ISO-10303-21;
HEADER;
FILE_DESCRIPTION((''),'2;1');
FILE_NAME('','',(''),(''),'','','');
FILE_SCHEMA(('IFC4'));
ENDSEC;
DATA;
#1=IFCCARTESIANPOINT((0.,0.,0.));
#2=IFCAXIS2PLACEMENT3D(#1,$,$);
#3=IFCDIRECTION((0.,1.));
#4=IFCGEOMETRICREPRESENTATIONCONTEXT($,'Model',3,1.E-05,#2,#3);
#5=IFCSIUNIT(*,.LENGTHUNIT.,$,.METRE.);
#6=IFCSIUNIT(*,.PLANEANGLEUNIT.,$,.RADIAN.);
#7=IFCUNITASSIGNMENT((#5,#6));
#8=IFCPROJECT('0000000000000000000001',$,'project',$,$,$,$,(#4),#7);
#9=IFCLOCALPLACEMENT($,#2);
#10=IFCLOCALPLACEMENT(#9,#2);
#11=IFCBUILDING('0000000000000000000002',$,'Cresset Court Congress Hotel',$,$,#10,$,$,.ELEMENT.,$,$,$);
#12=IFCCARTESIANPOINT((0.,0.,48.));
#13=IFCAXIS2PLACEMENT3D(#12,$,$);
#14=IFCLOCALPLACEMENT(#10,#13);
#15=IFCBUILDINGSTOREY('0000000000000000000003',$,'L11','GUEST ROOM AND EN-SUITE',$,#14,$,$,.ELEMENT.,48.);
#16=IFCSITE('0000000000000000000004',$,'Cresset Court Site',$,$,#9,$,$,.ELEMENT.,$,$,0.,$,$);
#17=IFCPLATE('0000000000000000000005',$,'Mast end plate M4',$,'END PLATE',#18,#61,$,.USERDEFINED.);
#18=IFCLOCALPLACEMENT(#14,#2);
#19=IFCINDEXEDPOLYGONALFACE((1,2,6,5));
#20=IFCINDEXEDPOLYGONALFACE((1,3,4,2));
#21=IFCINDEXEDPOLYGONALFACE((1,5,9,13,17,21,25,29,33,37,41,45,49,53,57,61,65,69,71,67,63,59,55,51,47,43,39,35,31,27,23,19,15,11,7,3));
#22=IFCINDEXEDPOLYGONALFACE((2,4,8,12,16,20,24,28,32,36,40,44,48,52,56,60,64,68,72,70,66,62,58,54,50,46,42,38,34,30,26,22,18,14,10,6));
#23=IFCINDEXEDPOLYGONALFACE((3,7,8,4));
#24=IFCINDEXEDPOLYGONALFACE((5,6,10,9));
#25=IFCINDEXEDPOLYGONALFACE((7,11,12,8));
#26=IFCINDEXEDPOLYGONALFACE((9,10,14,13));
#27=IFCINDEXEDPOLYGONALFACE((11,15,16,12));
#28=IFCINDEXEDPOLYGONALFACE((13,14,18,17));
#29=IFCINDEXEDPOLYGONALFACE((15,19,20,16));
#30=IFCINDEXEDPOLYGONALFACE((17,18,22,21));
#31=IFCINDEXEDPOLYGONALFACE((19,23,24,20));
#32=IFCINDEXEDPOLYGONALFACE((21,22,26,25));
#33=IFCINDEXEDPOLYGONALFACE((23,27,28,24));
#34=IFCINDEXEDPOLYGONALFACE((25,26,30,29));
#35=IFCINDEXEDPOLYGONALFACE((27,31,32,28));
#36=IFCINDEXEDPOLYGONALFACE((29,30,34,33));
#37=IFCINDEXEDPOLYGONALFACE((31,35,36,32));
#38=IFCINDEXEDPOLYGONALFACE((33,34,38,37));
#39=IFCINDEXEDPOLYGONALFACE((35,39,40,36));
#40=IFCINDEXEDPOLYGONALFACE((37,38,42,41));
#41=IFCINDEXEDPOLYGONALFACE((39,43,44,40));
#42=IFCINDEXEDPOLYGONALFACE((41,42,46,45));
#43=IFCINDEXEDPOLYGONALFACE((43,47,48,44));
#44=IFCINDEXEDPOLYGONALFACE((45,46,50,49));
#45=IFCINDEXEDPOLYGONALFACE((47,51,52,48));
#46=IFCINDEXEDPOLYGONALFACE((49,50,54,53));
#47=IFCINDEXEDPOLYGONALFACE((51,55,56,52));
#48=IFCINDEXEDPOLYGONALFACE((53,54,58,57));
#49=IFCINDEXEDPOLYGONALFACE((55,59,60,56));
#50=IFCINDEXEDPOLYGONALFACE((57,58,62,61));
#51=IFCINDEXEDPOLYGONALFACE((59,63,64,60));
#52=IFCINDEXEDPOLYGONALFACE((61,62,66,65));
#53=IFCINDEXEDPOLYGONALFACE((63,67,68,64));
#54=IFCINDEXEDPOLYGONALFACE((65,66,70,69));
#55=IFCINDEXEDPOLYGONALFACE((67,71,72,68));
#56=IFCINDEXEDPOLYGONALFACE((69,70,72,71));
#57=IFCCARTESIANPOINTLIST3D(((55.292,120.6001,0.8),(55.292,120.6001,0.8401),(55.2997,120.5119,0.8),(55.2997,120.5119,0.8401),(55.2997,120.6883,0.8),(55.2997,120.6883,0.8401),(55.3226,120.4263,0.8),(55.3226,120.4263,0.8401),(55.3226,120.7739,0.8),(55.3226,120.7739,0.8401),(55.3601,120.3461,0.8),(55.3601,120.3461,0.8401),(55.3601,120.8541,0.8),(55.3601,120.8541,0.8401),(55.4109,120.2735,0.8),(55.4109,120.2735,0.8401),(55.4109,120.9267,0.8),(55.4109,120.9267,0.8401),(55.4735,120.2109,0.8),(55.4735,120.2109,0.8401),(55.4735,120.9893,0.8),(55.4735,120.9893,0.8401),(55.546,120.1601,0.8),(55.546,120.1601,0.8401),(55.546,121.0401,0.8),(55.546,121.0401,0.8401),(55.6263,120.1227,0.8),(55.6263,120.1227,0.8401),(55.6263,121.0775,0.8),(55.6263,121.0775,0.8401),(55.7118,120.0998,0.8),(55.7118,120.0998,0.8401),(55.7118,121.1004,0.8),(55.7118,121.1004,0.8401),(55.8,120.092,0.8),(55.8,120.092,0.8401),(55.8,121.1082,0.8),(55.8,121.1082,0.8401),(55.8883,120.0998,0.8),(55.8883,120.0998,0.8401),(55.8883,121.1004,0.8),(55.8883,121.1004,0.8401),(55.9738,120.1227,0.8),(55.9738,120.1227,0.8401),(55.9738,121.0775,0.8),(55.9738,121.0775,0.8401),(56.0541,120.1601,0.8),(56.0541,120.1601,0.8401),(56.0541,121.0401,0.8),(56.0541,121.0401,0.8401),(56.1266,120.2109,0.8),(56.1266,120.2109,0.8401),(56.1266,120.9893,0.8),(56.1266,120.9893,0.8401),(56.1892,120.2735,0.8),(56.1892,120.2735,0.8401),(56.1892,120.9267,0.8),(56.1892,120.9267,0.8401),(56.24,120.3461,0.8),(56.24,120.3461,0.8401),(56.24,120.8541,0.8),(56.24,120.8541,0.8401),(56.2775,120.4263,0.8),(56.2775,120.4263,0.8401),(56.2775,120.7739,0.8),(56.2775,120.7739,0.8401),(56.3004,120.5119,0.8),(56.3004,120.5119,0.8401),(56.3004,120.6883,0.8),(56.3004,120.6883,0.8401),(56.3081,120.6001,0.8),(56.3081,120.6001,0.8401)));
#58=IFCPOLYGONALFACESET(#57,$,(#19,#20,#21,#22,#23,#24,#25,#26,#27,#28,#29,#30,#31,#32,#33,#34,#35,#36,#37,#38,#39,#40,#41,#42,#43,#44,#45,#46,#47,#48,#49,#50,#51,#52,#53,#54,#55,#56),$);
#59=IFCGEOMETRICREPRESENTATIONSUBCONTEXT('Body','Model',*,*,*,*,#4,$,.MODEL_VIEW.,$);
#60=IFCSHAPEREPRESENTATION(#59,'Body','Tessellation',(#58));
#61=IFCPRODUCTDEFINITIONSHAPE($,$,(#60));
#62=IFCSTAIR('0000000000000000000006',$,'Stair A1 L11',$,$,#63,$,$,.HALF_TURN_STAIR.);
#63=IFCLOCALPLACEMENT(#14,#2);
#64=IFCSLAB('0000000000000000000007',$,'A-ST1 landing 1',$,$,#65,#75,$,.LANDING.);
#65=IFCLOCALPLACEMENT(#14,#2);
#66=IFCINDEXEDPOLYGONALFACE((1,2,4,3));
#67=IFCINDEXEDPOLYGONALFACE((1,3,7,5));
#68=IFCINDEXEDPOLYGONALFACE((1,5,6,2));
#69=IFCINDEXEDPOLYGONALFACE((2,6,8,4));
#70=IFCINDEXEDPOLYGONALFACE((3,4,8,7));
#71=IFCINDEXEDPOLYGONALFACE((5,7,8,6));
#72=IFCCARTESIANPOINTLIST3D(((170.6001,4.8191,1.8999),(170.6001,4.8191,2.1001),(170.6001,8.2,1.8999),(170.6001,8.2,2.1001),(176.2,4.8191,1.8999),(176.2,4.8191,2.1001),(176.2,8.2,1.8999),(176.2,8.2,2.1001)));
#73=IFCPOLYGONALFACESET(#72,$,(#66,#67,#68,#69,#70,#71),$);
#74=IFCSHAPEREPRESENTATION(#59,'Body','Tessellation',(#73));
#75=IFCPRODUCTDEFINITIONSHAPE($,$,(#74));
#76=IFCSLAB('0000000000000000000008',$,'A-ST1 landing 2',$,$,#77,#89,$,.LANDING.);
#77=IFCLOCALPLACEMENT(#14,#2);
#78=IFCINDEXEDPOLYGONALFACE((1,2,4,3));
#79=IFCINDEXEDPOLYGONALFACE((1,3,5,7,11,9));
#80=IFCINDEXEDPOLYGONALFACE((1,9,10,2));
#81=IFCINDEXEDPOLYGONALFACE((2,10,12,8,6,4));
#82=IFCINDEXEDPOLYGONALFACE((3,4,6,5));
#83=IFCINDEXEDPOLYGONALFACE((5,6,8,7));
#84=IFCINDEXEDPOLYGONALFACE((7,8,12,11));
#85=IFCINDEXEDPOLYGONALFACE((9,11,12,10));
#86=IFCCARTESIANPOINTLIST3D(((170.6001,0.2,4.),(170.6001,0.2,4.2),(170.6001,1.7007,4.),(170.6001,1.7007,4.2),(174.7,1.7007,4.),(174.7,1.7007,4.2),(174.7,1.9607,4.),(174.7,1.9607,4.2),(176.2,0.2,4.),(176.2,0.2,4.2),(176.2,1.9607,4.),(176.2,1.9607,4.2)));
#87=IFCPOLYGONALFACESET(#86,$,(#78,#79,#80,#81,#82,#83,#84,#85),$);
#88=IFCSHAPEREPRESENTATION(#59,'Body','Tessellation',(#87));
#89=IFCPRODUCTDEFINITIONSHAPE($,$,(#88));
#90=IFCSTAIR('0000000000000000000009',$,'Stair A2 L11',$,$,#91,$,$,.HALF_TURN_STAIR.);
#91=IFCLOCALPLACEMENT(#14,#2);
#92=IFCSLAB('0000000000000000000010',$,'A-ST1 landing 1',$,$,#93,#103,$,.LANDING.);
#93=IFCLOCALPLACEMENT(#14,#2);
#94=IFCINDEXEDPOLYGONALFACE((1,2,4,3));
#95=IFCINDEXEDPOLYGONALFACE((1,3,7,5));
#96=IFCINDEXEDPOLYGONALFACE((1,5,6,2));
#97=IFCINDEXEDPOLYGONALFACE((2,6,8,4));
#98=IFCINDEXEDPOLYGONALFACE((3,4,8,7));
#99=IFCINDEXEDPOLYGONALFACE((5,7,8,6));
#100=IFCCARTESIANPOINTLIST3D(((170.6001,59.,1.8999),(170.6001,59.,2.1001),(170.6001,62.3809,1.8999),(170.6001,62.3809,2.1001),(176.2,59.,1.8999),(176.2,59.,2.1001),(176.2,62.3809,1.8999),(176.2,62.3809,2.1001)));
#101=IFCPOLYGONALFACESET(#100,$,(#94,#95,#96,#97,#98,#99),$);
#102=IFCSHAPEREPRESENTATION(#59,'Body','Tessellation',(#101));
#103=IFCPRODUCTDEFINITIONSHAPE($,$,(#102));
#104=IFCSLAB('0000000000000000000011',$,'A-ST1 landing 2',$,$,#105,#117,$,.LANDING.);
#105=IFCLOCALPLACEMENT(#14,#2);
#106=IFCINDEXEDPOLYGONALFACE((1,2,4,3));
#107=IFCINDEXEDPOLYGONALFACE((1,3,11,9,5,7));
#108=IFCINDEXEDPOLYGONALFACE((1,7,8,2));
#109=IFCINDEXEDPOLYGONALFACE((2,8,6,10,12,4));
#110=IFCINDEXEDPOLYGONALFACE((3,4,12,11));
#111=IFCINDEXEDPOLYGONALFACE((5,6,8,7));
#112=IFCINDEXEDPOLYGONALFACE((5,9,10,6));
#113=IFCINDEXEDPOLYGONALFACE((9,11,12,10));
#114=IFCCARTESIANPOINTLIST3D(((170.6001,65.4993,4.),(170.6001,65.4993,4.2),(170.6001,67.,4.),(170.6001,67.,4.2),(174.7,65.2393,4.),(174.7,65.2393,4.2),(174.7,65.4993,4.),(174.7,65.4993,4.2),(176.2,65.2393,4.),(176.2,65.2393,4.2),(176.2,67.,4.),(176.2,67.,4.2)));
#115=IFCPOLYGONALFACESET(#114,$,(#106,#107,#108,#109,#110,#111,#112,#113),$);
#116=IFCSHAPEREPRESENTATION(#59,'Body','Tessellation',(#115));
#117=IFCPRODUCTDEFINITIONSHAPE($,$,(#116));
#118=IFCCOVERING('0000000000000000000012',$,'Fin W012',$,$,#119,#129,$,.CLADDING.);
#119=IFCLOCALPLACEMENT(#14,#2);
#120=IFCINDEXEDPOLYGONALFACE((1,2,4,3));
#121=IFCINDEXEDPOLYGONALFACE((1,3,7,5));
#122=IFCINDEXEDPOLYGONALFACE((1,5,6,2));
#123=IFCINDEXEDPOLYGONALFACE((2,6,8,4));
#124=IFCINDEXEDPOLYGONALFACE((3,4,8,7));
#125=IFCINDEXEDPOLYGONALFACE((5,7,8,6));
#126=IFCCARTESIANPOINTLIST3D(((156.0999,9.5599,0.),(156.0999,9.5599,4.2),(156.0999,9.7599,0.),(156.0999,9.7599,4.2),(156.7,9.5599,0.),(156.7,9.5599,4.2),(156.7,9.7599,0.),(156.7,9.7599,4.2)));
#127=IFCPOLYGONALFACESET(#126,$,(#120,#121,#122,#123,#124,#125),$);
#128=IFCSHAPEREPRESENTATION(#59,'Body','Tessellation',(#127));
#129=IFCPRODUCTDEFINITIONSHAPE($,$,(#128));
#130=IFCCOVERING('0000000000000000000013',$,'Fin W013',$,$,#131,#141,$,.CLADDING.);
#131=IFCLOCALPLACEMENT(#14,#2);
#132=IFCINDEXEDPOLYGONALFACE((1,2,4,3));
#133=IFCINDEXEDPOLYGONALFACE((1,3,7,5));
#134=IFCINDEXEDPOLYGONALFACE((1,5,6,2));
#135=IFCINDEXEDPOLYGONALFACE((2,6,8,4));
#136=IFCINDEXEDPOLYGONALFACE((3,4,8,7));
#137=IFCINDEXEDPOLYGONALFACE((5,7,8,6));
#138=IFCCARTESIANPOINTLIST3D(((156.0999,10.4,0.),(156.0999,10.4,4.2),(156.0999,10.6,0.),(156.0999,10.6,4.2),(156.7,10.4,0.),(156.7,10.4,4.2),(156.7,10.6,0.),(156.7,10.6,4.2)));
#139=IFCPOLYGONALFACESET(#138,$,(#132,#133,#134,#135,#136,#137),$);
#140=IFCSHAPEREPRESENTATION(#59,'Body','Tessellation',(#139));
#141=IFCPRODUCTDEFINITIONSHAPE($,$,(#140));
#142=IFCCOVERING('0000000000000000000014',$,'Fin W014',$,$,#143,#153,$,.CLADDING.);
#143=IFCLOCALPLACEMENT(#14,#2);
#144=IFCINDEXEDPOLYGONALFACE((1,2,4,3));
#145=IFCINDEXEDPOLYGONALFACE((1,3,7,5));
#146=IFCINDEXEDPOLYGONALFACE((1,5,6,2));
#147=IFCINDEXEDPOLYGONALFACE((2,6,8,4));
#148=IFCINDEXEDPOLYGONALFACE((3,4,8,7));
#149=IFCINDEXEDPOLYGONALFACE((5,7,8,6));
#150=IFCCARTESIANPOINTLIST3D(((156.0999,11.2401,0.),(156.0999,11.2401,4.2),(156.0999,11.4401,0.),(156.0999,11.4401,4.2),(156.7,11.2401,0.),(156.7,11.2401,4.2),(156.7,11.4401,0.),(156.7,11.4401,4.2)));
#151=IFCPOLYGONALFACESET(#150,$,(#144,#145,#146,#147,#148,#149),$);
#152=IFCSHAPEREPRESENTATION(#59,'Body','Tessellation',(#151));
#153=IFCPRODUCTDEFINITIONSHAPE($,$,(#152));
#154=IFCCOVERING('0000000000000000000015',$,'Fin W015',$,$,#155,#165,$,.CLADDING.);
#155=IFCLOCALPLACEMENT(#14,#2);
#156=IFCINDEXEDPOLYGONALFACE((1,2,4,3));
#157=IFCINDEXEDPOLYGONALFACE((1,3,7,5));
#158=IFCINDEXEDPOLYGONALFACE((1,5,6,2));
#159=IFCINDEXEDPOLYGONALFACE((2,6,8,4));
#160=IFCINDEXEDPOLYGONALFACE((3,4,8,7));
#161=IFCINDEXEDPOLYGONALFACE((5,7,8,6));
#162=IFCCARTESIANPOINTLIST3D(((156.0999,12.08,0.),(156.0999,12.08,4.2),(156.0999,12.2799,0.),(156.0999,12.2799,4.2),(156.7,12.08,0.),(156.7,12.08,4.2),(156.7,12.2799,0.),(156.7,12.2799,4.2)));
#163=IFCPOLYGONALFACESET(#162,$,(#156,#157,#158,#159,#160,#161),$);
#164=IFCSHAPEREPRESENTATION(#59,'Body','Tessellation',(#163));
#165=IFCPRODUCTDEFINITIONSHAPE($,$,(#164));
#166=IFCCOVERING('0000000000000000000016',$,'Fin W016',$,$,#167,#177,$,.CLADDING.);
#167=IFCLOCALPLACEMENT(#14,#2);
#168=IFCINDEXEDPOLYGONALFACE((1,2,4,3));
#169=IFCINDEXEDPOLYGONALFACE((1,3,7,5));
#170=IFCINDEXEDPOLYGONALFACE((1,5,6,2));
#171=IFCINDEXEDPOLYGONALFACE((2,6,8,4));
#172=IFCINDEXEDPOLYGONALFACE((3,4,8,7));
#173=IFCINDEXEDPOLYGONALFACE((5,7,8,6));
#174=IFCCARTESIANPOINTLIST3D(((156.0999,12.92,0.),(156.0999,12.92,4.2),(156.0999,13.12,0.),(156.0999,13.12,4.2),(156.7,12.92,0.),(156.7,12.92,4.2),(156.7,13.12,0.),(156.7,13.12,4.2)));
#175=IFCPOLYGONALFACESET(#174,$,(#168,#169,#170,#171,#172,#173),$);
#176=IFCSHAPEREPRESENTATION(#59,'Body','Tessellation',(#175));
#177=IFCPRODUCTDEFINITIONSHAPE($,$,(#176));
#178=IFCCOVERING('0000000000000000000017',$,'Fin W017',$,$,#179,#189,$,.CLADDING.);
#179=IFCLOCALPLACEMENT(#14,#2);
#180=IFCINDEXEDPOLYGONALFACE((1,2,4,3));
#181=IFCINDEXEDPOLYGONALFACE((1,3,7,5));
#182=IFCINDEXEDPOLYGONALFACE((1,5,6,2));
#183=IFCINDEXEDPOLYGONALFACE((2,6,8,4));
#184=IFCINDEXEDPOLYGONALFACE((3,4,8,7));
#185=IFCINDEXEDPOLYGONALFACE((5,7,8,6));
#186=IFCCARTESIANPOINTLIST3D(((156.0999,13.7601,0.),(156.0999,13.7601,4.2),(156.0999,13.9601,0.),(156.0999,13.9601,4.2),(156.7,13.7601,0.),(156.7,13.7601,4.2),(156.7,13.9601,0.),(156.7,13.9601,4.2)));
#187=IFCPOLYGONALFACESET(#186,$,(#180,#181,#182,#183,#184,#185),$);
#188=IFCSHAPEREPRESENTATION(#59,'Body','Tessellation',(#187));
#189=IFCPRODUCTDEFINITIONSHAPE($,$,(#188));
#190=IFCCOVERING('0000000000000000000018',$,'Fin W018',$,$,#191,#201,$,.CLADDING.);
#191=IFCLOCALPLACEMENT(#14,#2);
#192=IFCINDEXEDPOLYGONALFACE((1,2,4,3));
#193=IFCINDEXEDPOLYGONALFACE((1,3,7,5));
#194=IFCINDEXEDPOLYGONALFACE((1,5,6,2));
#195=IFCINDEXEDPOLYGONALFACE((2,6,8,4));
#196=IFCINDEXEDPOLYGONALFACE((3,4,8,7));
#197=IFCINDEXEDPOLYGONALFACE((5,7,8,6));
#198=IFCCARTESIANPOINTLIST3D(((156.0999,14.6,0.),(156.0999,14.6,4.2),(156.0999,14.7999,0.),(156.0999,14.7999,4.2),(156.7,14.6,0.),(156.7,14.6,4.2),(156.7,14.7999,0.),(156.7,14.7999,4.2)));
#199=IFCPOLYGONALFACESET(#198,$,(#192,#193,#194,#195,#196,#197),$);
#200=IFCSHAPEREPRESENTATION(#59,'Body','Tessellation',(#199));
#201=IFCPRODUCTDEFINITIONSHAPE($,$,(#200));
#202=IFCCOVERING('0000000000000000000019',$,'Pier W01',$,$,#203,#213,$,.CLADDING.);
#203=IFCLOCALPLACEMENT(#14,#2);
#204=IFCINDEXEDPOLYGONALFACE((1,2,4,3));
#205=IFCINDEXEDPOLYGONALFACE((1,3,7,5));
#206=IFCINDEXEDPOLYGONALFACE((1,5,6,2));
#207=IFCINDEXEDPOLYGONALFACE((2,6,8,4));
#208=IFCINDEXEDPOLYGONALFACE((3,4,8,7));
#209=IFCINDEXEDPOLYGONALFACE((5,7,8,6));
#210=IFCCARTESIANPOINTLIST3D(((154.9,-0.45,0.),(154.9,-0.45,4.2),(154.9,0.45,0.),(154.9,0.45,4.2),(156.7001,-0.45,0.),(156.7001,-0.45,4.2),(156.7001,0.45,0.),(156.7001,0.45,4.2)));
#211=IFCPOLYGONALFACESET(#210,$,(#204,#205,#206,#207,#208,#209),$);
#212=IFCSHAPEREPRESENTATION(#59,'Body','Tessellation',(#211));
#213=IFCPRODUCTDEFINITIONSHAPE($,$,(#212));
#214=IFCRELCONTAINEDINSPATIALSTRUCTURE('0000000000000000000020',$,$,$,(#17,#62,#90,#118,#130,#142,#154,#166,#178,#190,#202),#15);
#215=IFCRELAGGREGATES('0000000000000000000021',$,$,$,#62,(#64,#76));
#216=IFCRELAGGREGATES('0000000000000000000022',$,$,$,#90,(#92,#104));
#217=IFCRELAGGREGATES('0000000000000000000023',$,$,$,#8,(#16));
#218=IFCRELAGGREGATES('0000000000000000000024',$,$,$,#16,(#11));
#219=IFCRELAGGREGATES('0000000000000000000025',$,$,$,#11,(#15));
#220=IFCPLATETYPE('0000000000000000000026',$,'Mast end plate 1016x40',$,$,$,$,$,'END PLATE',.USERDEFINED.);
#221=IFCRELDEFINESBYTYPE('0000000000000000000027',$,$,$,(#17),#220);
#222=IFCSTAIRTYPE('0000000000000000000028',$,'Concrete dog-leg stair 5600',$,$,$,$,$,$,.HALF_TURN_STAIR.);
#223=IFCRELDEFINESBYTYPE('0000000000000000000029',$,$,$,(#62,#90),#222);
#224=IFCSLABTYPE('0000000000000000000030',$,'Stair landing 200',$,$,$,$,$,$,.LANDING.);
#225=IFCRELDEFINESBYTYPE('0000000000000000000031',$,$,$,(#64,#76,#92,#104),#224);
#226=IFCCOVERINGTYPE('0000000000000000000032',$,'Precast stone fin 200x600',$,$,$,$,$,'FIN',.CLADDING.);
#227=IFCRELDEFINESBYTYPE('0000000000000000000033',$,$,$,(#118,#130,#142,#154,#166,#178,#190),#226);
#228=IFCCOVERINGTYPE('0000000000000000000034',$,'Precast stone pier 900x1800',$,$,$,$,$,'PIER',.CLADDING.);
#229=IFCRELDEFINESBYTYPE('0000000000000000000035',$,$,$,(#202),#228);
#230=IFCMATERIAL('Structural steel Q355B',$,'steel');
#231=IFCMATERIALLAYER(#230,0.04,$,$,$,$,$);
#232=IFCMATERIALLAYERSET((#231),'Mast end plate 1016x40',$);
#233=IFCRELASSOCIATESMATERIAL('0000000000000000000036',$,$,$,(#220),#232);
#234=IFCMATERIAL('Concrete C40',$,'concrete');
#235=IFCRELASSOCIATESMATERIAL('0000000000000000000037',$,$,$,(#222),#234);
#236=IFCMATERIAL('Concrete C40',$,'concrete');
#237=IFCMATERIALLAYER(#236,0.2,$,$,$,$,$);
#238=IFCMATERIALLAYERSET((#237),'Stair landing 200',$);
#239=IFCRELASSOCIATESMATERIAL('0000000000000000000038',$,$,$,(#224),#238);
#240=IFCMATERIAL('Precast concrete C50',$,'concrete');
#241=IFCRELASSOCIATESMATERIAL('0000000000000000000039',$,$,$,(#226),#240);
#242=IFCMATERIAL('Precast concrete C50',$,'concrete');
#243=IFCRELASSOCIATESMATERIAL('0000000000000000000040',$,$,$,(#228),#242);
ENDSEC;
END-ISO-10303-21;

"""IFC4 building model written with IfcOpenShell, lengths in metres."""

from ifc_helpers import new_model, si_unit, direction, frame, origin, origin_2d, place, context, subcontext, project, spatial, polyline, rectangle, circle, outline, extrude, material, layer, layer_set, type_object, element, aggregate, save


model = new_model("IFC4")

# Units and contexts
model_context = context("Model", 3, precision=1e-05, world=origin(), true_north=direction((0.0, 1.0)))
body_context = subcontext(model_context, "Body", "Model", "MODEL_VIEW")
ifc_project = project(units=[si_unit("LENGTHUNIT", "METRE"), si_unit("PLANEANGLEUNIT", "RADIAN")], contexts=[model_context])

# Site, building, storey
site_placement = place(None, origin())
site = spatial("IfcSite", under=ifc_project, at=site_placement, Name="Cresset Court Site", CompositionType="ELEMENT", RefElevation=0.0)
building_placement = place(site_placement, origin())
building = spatial("IfcBuilding", under=site, at=building_placement, Name="Cresset Court Congress Hotel", CompositionType="ELEMENT")
storey_placement = place(building_placement, frame((0.0, 0.0, 48.0)))
storey = spatial("IfcBuildingStorey", under=building, at=storey_placement, Name="L11", Description="GUEST ROOM AND EN-SUITE", CompositionType="ELEMENT", Elevation=48.0)

# Plate
ifc_material_1 = material(Name="Structural steel Q355B", Category="steel")
ifc_layer_1 = layer(ifc_material_1, 0.04)
ifc_layer_set_1 = layer_set([ifc_layer_1], Name="Mast end plate 1016x40")
plate_type = type_object("IfcPlateType", Name="Mast end plate 1016x40", ElementType="END PLATE", PredefinedType="USERDEFINED", material=ifc_layer_set_1)
for number, where, z_axis, x_axis, name in (
    (1, (55.8, 120.6001, 0.8), (0.0, 0.0, 1.0), (1.0, 0.0, 0.0), "Mast end plate M4"),
):
    element("IfcPlate", number, at=place(storey_placement, frame(where, z_axis=z_axis, x_axis=x_axis)), inside=storey, type_object=plate_type, Name=name, ObjectType="END PLATE", PredefinedType="USERDEFINED", context=body_context, shape_type="SweptSolid", body=[
        extrude(circle(Radius=0.5081, at=origin_2d()), origin(), (0.0, 0.0, 1.0), 0.04),
    ])

# Stairs, slabs
ifc_material_2 = material(Name="Concrete C40", Category="concrete")
stair_type = type_object("IfcStairType", Name="Concrete dog-leg stair 5600", PredefinedType="HALF_TURN_STAIR", material=ifc_material_2)
stair_1_placement = place(storey_placement, origin())
stair_1 = element("IfcStair", 2, at=stair_1_placement, inside=storey, type_object=stair_type, Name="Stair A1 L11", PredefinedType="HALF_TURN_STAIR")
ifc_material_3 = material(Name="Concrete C40", Category="concrete")
ifc_layer_2 = layer(ifc_material_3, 0.2)
ifc_layer_set_2 = layer_set([ifc_layer_2], Name="Stair landing 200")
slab_type_1 = type_object("IfcSlabType", Name="Stair landing 200", PredefinedType="LANDING", material=ifc_layer_set_2)
slab_1_placement = place(storey_placement, frame((0.0, 0.0, 1.8999)))
slab_1 = element("IfcSlab", 3, at=slab_1_placement, type_object=slab_type_1, Name="A-ST1 landing 1", PredefinedType="LANDING", context=body_context, shape_type="SweptSolid", body=[
    extrude(outline(polyline([(170.6001, 4.8191), (176.2, 4.8191), (176.2, 8.2), (170.6001, 8.2), (170.6001, 4.8191)])), origin(), (0.0, 0.0, 1.0), 0.2002),
])
slab_2_placement = place(storey_placement, frame((0.0, 0.0, 4.0)))
slab_2 = element("IfcSlab", 4, at=slab_2_placement, type_object=slab_type_1, Name="A-ST1 landing 2", PredefinedType="LANDING", context=body_context, shape_type="SweptSolid", body=[
    extrude(outline(polyline([(170.6001, 0.2), (176.2, 0.2), (176.2, 1.9607), (174.7, 1.9607), (174.7, 1.7007), (170.6001, 1.7007), (170.6001, 0.2)])), origin(), (0.0, 0.0, 1.0), 0.2),
])
aggregate(stair_1, [slab_1, slab_2])
stair_2_placement = place(storey_placement, origin())
stair_2 = element("IfcStair", 5, at=stair_2_placement, inside=storey, type_object=stair_type, Name="Stair A2 L11", PredefinedType="HALF_TURN_STAIR")
slab_3_placement = place(storey_placement, frame((0.0, 0.0, 1.8999)))
slab_3 = element("IfcSlab", 6, at=slab_3_placement, type_object=slab_type_1, Name="A-ST1 landing 1", PredefinedType="LANDING", context=body_context, shape_type="SweptSolid", body=[
    extrude(outline(polyline([(170.6001, 62.3809), (176.2, 62.3809), (176.2, 59.0), (170.6001, 59.0), (170.6001, 62.3809)])), origin(), (0.0, 0.0, 1.0), 0.2002),
])
slab_4_placement = place(storey_placement, frame((0.0, 0.0, 4.0)))
slab_4 = element("IfcSlab", 7, at=slab_4_placement, type_object=slab_type_1, Name="A-ST1 landing 2", PredefinedType="LANDING", context=body_context, shape_type="SweptSolid", body=[
    extrude(outline(polyline([(170.6001, 67.0), (176.2, 67.0), (176.2, 65.2393), (174.7, 65.2393), (174.7, 65.4993), (170.6001, 65.4993), (170.6001, 67.0)])), origin(), (0.0, 0.0, 1.0), 0.2),
])
aggregate(stair_2, [slab_3, slab_4])

# Coverings
ifc_material_4 = material(Name="Precast concrete C50", Category="concrete")
covering_type_1 = type_object("IfcCoveringType", Name="Precast stone fin 200x600", ElementType="FIN", PredefinedType="CLADDING", material=ifc_material_4)
for number, where, z_axis, x_axis, name in (
    (8, (156.3999, 9.6599, 0.0), (0.0, 0.0, 1.0), (1.0, 0.0, 0.0), "Fin W012"),
    (9, (156.3999, 10.5, 0.0), (0.0, 0.0, 1.0), (1.0, 0.0, 0.0), "Fin W013"),
    (10, (156.3999, 11.3401, 0.0), (0.0, 0.0, 1.0), (1.0, 0.0, 0.0), "Fin W014"),
    (11, (156.3999, 12.1799, 0.0), (0.0, 0.0, 1.0), (1.0, 0.0, 0.0), "Fin W015"),
    (12, (156.3999, 13.02, 0.0), (0.0, 0.0, 1.0), (1.0, 0.0, 0.0), "Fin W016"),
    (13, (156.3999, 13.8601, 0.0), (0.0, 0.0, 1.0), (1.0, 0.0, 0.0), "Fin W017"),
    (14, (156.3999, 14.7, 0.0), (0.0, 0.0, 1.0), (1.0, 0.0, 0.0), "Fin W018"),
):
    element("IfcCovering", number, at=place(storey_placement, frame(where, z_axis=z_axis, x_axis=x_axis)), inside=storey, type_object=covering_type_1, Name=name, PredefinedType="CLADDING", context=body_context, shape_type="SweptSolid", body=[
        extrude(rectangle(XDim=0.6001, YDim=0.2, at=origin_2d()), origin(), (0.0, 0.0, 1.0), 4.2),
    ])
ifc_material_5 = material(Name="Precast concrete C50", Category="concrete")
covering_type_2 = type_object("IfcCoveringType", Name="Precast stone pier 900x1800", ElementType="PIER", PredefinedType="CLADDING", material=ifc_material_5)
for number, where, z_axis, x_axis, name in (
    (15, (155.8, 0.0, 0.0), (0.0, 0.0, 1.0), (1.0, 0.0, 0.0), "Pier W01"),
):
    element("IfcCovering", number, at=place(storey_placement, frame(where, z_axis=z_axis, x_axis=x_axis)), inside=storey, type_object=covering_type_2, Name=name, PredefinedType="CLADDING", context=body_context, shape_type="SweptSolid", body=[
        extrude(rectangle(XDim=1.8, YDim=0.8999, at=origin_2d()), origin(), (0.0, 0.0, 1.0), 4.2),
    ])

save(model, "model.ifc")
